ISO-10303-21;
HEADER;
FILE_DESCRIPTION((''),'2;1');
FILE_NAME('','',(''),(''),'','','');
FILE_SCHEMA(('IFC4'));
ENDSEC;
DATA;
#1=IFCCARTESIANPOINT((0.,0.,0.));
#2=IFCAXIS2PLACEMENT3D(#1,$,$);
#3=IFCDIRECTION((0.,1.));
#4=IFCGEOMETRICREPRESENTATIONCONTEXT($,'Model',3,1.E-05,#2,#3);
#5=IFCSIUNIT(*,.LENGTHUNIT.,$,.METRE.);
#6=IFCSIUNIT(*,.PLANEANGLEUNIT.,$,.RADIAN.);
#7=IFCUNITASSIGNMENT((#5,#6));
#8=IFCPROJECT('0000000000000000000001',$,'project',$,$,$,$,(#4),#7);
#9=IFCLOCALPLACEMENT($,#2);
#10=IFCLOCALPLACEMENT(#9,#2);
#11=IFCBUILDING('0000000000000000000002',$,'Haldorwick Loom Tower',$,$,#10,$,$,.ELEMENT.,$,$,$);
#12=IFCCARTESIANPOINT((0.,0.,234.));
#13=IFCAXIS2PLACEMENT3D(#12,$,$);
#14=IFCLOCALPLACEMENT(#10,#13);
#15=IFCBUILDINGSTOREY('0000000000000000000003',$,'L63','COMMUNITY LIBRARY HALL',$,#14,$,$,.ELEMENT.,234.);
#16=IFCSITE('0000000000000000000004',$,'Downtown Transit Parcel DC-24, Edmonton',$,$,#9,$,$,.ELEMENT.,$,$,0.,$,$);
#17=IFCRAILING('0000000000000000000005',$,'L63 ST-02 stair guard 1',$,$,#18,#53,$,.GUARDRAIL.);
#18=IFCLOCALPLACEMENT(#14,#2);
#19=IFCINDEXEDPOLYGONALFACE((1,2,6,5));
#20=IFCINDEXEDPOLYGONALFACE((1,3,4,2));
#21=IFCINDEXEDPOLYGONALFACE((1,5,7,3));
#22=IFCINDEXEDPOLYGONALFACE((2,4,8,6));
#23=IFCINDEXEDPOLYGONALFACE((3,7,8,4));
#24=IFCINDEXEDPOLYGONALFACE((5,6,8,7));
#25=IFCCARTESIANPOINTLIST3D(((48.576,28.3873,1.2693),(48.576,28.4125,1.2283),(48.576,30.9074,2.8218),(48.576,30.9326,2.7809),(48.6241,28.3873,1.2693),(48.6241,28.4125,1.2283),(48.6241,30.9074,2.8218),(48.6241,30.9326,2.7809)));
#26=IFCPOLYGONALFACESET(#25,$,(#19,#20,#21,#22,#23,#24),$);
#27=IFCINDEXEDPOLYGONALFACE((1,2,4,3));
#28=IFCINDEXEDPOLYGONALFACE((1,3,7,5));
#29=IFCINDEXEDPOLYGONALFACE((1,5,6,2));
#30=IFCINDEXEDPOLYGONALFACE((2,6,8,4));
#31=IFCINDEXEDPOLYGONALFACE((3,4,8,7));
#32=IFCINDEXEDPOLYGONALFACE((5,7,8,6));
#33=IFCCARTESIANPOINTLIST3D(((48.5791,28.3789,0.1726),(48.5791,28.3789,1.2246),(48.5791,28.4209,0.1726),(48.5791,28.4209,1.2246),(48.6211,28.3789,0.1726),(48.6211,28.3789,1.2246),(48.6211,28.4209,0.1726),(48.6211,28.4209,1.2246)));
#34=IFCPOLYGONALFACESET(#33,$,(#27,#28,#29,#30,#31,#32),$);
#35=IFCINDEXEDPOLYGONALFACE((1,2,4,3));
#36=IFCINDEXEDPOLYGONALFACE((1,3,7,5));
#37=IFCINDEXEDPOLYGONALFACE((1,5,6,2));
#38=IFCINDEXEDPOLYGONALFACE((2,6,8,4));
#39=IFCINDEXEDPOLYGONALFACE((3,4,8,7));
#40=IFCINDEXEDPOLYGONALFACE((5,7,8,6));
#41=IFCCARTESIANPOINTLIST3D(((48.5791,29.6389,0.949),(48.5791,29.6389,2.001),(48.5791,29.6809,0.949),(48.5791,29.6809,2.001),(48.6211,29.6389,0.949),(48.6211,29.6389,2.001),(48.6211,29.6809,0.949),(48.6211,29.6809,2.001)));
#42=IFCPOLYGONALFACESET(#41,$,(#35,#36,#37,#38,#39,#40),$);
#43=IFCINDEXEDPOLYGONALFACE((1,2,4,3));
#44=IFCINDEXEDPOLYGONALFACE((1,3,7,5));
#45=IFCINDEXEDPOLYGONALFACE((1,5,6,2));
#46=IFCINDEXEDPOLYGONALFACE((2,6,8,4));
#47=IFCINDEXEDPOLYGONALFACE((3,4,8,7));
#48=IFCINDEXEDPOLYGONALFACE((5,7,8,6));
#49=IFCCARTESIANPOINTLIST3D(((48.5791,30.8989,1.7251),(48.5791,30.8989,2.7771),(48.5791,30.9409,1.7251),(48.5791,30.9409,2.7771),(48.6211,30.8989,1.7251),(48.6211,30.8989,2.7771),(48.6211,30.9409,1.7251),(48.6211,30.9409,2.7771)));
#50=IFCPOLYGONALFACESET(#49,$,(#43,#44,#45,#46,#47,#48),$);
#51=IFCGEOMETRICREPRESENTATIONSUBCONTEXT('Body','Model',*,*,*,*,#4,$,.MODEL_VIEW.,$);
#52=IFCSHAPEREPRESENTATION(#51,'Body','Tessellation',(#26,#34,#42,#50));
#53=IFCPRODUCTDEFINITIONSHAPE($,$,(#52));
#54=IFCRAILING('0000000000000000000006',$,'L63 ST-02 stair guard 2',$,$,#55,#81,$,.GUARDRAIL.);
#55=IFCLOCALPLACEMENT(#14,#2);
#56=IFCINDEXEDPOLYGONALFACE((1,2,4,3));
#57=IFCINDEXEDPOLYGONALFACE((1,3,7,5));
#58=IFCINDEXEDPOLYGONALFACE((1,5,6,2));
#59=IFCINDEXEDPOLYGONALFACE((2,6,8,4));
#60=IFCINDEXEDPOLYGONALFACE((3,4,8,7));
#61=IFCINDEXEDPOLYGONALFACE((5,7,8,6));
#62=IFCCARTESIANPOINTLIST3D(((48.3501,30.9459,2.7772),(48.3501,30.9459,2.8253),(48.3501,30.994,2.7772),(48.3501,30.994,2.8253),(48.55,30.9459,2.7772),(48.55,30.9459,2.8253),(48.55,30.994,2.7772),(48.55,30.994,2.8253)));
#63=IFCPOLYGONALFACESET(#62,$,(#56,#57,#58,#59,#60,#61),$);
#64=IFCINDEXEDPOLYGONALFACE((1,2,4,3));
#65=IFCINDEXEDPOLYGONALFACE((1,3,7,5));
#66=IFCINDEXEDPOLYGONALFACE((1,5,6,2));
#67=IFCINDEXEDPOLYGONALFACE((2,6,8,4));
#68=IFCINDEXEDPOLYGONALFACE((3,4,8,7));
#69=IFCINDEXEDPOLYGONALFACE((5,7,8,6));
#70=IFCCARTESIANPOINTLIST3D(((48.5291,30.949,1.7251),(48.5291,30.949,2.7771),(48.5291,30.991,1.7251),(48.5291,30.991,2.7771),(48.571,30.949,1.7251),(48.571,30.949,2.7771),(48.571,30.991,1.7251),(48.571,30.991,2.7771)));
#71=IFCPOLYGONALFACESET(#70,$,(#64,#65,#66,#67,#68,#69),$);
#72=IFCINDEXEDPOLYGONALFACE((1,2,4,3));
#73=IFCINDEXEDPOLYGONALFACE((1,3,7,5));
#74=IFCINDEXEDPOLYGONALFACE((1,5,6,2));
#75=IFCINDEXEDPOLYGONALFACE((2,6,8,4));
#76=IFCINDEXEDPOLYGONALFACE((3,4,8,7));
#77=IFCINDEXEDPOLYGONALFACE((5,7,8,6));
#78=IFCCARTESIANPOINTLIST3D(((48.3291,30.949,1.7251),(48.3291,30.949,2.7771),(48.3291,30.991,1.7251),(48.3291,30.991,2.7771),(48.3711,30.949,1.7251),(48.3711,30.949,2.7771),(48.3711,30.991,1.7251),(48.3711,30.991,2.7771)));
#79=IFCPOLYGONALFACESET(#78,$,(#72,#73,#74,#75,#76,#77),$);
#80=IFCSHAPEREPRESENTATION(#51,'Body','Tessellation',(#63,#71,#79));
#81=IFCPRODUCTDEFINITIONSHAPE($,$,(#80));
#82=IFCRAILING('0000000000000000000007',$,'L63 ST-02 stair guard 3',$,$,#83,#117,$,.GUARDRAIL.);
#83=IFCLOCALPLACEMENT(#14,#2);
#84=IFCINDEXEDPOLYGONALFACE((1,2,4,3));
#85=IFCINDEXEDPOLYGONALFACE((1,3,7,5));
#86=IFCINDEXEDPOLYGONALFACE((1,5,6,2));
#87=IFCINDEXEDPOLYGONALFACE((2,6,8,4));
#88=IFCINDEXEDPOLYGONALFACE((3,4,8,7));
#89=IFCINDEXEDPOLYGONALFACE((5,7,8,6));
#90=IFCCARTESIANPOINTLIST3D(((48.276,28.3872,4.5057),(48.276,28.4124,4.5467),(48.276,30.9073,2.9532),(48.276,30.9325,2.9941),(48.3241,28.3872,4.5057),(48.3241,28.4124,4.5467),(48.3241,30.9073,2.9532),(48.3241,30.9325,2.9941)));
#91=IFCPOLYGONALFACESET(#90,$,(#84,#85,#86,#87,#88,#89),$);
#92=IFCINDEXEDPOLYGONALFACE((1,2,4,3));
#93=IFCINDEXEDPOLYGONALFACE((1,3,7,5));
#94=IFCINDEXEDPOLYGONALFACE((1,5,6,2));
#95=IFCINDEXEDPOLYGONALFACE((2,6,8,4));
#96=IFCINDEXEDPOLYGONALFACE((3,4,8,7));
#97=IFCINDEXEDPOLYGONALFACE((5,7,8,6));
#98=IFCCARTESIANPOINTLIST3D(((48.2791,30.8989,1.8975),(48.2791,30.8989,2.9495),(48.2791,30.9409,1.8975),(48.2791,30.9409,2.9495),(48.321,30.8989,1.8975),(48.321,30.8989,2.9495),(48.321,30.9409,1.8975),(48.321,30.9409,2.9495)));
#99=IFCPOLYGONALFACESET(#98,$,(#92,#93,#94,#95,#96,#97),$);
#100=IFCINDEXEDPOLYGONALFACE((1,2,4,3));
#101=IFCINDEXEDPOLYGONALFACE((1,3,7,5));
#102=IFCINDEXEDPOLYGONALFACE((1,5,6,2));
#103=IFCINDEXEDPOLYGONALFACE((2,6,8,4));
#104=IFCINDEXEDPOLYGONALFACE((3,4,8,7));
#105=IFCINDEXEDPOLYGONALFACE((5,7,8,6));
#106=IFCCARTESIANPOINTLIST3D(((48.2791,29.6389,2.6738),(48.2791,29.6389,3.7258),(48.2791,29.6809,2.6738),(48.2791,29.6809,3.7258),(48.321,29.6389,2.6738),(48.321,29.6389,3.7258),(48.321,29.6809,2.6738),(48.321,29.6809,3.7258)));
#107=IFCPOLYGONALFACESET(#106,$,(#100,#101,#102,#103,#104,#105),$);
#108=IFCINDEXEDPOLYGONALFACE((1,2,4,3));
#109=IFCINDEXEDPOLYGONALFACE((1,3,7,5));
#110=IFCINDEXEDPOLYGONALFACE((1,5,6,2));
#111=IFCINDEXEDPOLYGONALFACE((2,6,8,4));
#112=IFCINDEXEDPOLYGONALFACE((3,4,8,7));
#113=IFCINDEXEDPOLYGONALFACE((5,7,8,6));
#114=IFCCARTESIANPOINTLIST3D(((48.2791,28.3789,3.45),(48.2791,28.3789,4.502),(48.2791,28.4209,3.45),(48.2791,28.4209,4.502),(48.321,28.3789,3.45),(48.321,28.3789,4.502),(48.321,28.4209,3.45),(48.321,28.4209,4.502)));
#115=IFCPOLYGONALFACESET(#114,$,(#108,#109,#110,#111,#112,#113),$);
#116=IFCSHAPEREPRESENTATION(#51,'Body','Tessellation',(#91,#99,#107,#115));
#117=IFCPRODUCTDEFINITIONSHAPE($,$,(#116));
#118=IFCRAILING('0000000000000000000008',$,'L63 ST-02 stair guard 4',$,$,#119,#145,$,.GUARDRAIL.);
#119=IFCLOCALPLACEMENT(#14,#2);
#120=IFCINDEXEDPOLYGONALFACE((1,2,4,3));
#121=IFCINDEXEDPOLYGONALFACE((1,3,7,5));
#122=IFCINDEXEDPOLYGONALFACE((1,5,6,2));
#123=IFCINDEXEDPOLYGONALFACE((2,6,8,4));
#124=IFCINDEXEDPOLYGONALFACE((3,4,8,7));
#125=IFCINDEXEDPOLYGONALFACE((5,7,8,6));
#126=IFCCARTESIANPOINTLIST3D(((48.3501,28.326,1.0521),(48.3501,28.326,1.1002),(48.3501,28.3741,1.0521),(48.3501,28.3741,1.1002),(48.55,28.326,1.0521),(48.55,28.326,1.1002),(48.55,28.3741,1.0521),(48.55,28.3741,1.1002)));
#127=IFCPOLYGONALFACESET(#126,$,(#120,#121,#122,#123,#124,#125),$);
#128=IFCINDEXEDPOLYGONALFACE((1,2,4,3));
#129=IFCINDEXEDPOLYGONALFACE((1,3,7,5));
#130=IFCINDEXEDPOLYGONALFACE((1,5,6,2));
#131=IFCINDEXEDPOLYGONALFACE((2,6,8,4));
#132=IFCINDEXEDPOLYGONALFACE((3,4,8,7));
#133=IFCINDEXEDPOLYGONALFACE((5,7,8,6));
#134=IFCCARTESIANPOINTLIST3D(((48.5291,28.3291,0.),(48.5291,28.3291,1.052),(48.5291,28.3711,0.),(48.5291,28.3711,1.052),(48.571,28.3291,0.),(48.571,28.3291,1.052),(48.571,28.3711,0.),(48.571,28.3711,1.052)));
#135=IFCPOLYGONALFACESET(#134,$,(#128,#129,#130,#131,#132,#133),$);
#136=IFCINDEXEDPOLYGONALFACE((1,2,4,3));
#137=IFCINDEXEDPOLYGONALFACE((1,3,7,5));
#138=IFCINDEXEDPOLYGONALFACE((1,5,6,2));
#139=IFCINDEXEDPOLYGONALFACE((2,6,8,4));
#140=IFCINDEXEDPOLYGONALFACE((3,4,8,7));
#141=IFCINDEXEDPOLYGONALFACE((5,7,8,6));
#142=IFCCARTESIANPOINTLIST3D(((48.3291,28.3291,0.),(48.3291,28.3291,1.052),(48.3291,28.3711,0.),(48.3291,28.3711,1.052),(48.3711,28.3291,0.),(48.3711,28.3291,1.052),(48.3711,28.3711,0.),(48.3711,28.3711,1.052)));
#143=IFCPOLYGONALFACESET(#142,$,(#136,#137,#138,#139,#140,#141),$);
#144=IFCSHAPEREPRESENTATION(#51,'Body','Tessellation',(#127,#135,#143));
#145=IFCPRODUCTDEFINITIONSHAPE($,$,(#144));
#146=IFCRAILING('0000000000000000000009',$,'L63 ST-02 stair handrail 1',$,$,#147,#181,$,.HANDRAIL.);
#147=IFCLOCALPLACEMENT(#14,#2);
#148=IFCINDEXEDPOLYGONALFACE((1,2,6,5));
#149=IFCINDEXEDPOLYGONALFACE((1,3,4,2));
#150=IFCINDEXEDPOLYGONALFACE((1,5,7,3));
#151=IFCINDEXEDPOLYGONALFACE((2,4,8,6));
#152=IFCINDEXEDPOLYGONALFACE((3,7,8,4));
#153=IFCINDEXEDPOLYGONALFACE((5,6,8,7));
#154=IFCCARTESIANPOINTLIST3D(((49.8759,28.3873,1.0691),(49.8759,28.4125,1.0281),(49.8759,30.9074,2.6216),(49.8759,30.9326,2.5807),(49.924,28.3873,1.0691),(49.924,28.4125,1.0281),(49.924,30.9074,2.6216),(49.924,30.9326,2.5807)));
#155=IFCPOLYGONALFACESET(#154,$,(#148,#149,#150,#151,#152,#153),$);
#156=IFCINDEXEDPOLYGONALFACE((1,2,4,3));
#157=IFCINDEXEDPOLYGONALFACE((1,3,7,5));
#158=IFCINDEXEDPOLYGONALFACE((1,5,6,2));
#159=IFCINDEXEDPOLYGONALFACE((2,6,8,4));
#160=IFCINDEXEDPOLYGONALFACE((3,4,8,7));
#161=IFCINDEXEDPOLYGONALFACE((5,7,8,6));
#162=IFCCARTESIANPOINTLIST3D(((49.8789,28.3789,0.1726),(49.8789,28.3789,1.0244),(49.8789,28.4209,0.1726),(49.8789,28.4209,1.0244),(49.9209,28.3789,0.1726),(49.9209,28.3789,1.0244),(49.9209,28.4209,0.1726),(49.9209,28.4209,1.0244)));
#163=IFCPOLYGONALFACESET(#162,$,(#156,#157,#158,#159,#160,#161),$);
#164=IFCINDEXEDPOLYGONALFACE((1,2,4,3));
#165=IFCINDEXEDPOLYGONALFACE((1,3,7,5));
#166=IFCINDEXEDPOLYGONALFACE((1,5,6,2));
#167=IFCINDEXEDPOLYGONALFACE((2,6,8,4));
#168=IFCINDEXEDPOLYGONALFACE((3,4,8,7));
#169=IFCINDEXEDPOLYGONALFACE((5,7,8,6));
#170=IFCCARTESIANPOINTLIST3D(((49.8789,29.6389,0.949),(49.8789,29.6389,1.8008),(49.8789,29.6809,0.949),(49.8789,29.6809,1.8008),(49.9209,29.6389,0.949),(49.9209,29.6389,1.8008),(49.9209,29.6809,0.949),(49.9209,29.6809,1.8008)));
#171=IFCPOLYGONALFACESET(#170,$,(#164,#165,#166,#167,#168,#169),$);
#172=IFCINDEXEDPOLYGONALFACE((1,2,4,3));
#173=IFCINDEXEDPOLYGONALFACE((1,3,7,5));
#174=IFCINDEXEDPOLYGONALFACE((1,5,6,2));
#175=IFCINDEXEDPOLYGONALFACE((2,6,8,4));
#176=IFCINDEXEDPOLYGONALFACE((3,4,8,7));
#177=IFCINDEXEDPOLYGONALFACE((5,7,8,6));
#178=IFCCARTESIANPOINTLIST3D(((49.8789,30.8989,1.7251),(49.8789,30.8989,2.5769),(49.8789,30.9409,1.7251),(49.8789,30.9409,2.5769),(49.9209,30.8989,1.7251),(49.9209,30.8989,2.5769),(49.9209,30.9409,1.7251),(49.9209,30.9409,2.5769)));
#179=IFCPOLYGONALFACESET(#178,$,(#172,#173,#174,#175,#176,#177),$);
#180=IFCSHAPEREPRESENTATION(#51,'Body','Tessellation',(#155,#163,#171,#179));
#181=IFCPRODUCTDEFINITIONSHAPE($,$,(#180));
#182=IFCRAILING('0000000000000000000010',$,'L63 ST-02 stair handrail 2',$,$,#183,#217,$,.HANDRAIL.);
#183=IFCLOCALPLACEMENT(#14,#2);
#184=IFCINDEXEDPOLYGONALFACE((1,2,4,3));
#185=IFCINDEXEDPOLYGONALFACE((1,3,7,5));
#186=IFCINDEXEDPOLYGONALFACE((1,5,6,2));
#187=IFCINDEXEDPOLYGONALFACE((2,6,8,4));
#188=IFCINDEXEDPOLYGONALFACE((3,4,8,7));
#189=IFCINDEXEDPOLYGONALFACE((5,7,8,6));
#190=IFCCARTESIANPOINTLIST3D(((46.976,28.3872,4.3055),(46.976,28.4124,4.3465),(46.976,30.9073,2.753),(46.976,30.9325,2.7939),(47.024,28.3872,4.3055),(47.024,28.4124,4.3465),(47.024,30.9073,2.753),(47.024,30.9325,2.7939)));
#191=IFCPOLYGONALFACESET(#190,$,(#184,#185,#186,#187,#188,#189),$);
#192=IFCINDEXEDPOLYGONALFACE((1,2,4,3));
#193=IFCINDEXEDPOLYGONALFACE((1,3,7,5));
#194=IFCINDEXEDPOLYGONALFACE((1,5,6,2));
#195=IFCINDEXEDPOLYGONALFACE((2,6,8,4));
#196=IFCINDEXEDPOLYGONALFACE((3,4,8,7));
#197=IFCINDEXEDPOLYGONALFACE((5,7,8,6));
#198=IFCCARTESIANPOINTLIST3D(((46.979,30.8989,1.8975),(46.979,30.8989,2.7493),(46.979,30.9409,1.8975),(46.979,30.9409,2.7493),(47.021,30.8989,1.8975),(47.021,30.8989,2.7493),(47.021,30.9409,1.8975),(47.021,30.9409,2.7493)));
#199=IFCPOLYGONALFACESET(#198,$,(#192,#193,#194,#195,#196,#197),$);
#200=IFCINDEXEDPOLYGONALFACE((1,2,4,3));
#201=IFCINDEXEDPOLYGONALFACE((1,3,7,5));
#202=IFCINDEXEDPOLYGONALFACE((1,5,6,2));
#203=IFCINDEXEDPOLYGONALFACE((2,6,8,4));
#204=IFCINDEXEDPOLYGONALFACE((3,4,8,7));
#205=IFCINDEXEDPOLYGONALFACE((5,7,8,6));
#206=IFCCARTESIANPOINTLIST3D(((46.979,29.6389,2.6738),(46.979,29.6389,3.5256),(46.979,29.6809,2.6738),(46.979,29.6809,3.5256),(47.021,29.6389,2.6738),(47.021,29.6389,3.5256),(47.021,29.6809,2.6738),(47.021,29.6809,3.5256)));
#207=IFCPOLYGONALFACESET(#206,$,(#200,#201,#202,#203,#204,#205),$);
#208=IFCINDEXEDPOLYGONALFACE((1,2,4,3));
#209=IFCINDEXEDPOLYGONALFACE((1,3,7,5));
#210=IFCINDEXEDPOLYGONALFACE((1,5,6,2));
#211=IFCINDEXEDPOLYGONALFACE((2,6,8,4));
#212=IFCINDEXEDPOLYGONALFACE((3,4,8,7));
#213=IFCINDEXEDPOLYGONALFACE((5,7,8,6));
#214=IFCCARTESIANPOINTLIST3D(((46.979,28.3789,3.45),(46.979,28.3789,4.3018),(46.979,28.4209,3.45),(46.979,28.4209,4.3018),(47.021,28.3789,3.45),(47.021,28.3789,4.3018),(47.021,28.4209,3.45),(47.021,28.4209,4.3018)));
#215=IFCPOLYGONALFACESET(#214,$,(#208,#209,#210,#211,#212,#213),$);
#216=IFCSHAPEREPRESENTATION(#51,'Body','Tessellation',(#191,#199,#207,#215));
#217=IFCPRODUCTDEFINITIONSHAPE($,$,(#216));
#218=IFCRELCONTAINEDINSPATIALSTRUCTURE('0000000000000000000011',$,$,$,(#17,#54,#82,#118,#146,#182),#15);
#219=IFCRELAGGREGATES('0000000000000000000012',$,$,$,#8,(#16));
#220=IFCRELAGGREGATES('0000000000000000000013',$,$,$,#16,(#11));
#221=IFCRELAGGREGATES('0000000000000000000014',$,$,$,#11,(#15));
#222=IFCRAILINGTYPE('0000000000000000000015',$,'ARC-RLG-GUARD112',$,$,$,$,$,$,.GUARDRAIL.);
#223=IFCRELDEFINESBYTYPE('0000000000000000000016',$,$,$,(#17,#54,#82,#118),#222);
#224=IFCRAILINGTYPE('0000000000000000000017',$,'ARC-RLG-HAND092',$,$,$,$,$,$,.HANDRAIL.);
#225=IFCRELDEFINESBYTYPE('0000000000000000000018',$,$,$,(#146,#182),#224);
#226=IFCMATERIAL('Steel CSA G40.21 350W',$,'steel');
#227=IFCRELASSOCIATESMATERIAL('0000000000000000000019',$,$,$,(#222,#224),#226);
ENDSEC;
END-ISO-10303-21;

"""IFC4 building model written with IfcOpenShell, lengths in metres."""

from ifc_helpers import new_model, si_unit, direction, frame, origin, origin_2d, place, context, subcontext, project, spatial, rectangle, extrude, material, type_object, element, save


model = new_model("IFC4")

# Units and contexts
model_context = context("Model", 3, precision=1e-05, world=origin(), true_north=direction((0.0, 1.0)))
body_context = subcontext(model_context, "Body", "Model", "MODEL_VIEW")
ifc_project = project(units=[si_unit("LENGTHUNIT", "METRE"), si_unit("PLANEANGLEUNIT", "RADIAN")], contexts=[model_context])

# Site, building, storey
site_placement = place(None, origin())
site = spatial("IfcSite", under=ifc_project, at=site_placement, Name="Downtown Transit Parcel DC-24, Edmonton", CompositionType="ELEMENT", RefElevation=0.0)
building_placement = place(site_placement, origin())
building = spatial("IfcBuilding", under=site, at=building_placement, Name="Haldorwick Loom Tower", CompositionType="ELEMENT")
storey_placement = place(building_placement, frame((0.0, 0.0, 234.0)))
storey = spatial("IfcBuildingStorey", under=building, at=storey_placement, Name="L63", Description="COMMUNITY LIBRARY HALL", CompositionType="ELEMENT", Elevation=234.0)

# Shared definitions
ifc_material_1 = material(Name="Steel CSA G40.21 350W", Category="steel")

# Railings
railing_type_1 = type_object("IfcRailingType", Name="ARC-RLG-GUARD112", PredefinedType="GUARDRAIL", material=ifc_material_1)
railing_1_placement = place(storey_placement, frame((48.6001, 28.3999, 0.1726)))
element("IfcRailing", 1, at=railing_1_placement, inside=storey, type_object=railing_type_1, Name="L63 ST-02 stair guard 1", PredefinedType="GUARDRAIL", context=body_context, shape_type="SweptSolid", body=[
    extrude(rectangle(XDim=0.0481, YDim=0.0481, at=origin_2d()), frame((0.0, 0.0, 1.0762), z_axis=(0.0, 0.8514, 0.524516), x_axis=(-1.0, 0.0, 0.0)), (0.0, 0.0, 1.0), 2.96),
    extrude(rectangle(XDim=0.042, YDim=0.042, at=origin_2d()), origin(), (0.0, 0.0, 1.0), 1.052),
    extrude(rectangle(XDim=0.042, YDim=0.042, at=origin_2d()), frame((0.0, 1.26, 0.7764)), (0.0, 0.0, 1.0), 1.052),
    extrude(rectangle(XDim=0.042, YDim=0.042, at=origin_2d()), frame((0.0, 2.52, 1.5525)), (0.0, 0.0, 1.0), 1.052),
])
railing_2_placement = place(storey_placement, frame((48.55, 30.97, 1.7251)))
element("IfcRailing", 2, at=railing_2_placement, inside=storey, type_object=railing_type_1, Name="L63 ST-02 stair guard 2", PredefinedType="GUARDRAIL", context=body_context, shape_type="SweptSolid", body=[
    extrude(rectangle(XDim=0.0481, YDim=0.0481, at=origin_2d()), frame((0.0, 0.0, 1.0762), z_axis=(-1.0, 0.0, 0.0), x_axis=(0.0, -1.0, 0.0)), (0.0, 0.0, 1.0), 0.2),
    extrude(rectangle(XDim=0.042, YDim=0.042, at=origin_2d()), origin(), (0.0, 0.0, 1.0), 1.052),
    extrude(rectangle(XDim=0.042, YDim=0.042, at=origin_2d()), frame((-0.2, 0.0, 0.0)), (0.0, 0.0, 1.0), 1.052),
])
railing_3_placement = place(storey_placement, frame((48.3, 30.9199, 1.8975)))
element("IfcRailing", 3, at=railing_3_placement, inside=storey, type_object=railing_type_1, Name="L63 ST-02 stair guard 3", PredefinedType="GUARDRAIL", context=body_context, shape_type="SweptSolid", body=[
    extrude(rectangle(XDim=0.0481, YDim=0.0481, at=origin_2d()), frame((0.0, 0.0, 1.0762), z_axis=(0.0, -0.8514, 0.524516), x_axis=(1.0, 0.0, 0.0)), (0.0, 0.0, 1.0), 2.96),
    extrude(rectangle(XDim=0.042, YDim=0.042, at=origin_2d()), origin(), (0.0, 0.0, 1.0), 1.052),
    extrude(rectangle(XDim=0.042, YDim=0.042, at=origin_2d()), frame((0.0, -1.26, 0.7764)), (0.0, 0.0, 1.0), 1.052),
    extrude(rectangle(XDim=0.042, YDim=0.042, at=origin_2d()), frame((0.0, -2.52, 1.5525)), (0.0, 0.0, 1.0), 1.052),
])
railing_4_placement = place(storey_placement, frame((48.55, 28.3501, 0.0)))
element("IfcRailing", 4, at=railing_4_placement, inside=storey, type_object=railing_type_1, Name="L63 ST-02 stair guard 4", PredefinedType="GUARDRAIL", context=body_context, shape_type="SweptSolid", body=[
    extrude(rectangle(XDim=0.0481, YDim=0.0481, at=origin_2d()), frame((0.0, 0.0, 1.0762), z_axis=(-1.0, 0.0, 0.0), x_axis=(0.0, -1.0, 0.0)), (0.0, 0.0, 1.0), 0.2),
    extrude(rectangle(XDim=0.042, YDim=0.042, at=origin_2d()), origin(), (0.0, 0.0, 1.0), 1.052),
    extrude(rectangle(XDim=0.042, YDim=0.042, at=origin_2d()), frame((-0.2, 0.0, 0.0)), (0.0, 0.0, 1.0), 1.052),
])
railing_type_2 = type_object("IfcRailingType", Name="ARC-RLG-HAND092", PredefinedType="HANDRAIL", material=ifc_material_1)
railing_5_placement = place(storey_placement, frame((49.8999, 28.3999, 0.1726)))
element("IfcRailing", 5, at=railing_5_placement, inside=storey, type_object=railing_type_2, Name="L63 ST-02 stair handrail 1", PredefinedType="HANDRAIL", context=body_context, shape_type="SweptSolid", body=[
    extrude(rectangle(XDim=0.0481, YDim=0.0481, at=origin_2d()), frame((0.0, 0.0, 0.876), z_axis=(0.0, 0.8514, 0.524516), x_axis=(-1.0, 0.0, 0.0)), (0.0, 0.0, 1.0), 2.96),
    extrude(rectangle(XDim=0.042, YDim=0.042, at=origin_2d()), origin(), (0.0, 0.0, 1.0), 0.8518),
    extrude(rectangle(XDim=0.042, YDim=0.042, at=origin_2d()), frame((0.0, 1.26, 0.7764)), (0.0, 0.0, 1.0), 0.8518),
    extrude(rectangle(XDim=0.042, YDim=0.042, at=origin_2d()), frame((0.0, 2.52, 1.5525)), (0.0, 0.0, 1.0), 0.8518),
])
railing_6_placement = place(storey_placement, frame((47.0, 30.9199, 1.8975)))
element("IfcRailing", 6, at=railing_6_placement, inside=storey, type_object=railing_type_2, Name="L63 ST-02 stair handrail 2", PredefinedType="HANDRAIL", context=body_context, shape_type="SweptSolid", body=[
    extrude(rectangle(XDim=0.0481, YDim=0.0481, at=origin_2d()), frame((0.0, 0.0, 0.876), z_axis=(0.0, -0.8514, 0.524516), x_axis=(1.0, 0.0, 0.0)), (0.0, 0.0, 1.0), 2.96),
    extrude(rectangle(XDim=0.042, YDim=0.042, at=origin_2d()), origin(), (0.0, 0.0, 1.0), 0.8518),
    extrude(rectangle(XDim=0.042, YDim=0.042, at=origin_2d()), frame((0.0, -1.26, 0.7764)), (0.0, 0.0, 1.0), 0.8518),
    extrude(rectangle(XDim=0.042, YDim=0.042, at=origin_2d()), frame((0.0, -2.52, 1.5525)), (0.0, 0.0, 1.0), 0.8518),
])

save(model, "model.ifc")
